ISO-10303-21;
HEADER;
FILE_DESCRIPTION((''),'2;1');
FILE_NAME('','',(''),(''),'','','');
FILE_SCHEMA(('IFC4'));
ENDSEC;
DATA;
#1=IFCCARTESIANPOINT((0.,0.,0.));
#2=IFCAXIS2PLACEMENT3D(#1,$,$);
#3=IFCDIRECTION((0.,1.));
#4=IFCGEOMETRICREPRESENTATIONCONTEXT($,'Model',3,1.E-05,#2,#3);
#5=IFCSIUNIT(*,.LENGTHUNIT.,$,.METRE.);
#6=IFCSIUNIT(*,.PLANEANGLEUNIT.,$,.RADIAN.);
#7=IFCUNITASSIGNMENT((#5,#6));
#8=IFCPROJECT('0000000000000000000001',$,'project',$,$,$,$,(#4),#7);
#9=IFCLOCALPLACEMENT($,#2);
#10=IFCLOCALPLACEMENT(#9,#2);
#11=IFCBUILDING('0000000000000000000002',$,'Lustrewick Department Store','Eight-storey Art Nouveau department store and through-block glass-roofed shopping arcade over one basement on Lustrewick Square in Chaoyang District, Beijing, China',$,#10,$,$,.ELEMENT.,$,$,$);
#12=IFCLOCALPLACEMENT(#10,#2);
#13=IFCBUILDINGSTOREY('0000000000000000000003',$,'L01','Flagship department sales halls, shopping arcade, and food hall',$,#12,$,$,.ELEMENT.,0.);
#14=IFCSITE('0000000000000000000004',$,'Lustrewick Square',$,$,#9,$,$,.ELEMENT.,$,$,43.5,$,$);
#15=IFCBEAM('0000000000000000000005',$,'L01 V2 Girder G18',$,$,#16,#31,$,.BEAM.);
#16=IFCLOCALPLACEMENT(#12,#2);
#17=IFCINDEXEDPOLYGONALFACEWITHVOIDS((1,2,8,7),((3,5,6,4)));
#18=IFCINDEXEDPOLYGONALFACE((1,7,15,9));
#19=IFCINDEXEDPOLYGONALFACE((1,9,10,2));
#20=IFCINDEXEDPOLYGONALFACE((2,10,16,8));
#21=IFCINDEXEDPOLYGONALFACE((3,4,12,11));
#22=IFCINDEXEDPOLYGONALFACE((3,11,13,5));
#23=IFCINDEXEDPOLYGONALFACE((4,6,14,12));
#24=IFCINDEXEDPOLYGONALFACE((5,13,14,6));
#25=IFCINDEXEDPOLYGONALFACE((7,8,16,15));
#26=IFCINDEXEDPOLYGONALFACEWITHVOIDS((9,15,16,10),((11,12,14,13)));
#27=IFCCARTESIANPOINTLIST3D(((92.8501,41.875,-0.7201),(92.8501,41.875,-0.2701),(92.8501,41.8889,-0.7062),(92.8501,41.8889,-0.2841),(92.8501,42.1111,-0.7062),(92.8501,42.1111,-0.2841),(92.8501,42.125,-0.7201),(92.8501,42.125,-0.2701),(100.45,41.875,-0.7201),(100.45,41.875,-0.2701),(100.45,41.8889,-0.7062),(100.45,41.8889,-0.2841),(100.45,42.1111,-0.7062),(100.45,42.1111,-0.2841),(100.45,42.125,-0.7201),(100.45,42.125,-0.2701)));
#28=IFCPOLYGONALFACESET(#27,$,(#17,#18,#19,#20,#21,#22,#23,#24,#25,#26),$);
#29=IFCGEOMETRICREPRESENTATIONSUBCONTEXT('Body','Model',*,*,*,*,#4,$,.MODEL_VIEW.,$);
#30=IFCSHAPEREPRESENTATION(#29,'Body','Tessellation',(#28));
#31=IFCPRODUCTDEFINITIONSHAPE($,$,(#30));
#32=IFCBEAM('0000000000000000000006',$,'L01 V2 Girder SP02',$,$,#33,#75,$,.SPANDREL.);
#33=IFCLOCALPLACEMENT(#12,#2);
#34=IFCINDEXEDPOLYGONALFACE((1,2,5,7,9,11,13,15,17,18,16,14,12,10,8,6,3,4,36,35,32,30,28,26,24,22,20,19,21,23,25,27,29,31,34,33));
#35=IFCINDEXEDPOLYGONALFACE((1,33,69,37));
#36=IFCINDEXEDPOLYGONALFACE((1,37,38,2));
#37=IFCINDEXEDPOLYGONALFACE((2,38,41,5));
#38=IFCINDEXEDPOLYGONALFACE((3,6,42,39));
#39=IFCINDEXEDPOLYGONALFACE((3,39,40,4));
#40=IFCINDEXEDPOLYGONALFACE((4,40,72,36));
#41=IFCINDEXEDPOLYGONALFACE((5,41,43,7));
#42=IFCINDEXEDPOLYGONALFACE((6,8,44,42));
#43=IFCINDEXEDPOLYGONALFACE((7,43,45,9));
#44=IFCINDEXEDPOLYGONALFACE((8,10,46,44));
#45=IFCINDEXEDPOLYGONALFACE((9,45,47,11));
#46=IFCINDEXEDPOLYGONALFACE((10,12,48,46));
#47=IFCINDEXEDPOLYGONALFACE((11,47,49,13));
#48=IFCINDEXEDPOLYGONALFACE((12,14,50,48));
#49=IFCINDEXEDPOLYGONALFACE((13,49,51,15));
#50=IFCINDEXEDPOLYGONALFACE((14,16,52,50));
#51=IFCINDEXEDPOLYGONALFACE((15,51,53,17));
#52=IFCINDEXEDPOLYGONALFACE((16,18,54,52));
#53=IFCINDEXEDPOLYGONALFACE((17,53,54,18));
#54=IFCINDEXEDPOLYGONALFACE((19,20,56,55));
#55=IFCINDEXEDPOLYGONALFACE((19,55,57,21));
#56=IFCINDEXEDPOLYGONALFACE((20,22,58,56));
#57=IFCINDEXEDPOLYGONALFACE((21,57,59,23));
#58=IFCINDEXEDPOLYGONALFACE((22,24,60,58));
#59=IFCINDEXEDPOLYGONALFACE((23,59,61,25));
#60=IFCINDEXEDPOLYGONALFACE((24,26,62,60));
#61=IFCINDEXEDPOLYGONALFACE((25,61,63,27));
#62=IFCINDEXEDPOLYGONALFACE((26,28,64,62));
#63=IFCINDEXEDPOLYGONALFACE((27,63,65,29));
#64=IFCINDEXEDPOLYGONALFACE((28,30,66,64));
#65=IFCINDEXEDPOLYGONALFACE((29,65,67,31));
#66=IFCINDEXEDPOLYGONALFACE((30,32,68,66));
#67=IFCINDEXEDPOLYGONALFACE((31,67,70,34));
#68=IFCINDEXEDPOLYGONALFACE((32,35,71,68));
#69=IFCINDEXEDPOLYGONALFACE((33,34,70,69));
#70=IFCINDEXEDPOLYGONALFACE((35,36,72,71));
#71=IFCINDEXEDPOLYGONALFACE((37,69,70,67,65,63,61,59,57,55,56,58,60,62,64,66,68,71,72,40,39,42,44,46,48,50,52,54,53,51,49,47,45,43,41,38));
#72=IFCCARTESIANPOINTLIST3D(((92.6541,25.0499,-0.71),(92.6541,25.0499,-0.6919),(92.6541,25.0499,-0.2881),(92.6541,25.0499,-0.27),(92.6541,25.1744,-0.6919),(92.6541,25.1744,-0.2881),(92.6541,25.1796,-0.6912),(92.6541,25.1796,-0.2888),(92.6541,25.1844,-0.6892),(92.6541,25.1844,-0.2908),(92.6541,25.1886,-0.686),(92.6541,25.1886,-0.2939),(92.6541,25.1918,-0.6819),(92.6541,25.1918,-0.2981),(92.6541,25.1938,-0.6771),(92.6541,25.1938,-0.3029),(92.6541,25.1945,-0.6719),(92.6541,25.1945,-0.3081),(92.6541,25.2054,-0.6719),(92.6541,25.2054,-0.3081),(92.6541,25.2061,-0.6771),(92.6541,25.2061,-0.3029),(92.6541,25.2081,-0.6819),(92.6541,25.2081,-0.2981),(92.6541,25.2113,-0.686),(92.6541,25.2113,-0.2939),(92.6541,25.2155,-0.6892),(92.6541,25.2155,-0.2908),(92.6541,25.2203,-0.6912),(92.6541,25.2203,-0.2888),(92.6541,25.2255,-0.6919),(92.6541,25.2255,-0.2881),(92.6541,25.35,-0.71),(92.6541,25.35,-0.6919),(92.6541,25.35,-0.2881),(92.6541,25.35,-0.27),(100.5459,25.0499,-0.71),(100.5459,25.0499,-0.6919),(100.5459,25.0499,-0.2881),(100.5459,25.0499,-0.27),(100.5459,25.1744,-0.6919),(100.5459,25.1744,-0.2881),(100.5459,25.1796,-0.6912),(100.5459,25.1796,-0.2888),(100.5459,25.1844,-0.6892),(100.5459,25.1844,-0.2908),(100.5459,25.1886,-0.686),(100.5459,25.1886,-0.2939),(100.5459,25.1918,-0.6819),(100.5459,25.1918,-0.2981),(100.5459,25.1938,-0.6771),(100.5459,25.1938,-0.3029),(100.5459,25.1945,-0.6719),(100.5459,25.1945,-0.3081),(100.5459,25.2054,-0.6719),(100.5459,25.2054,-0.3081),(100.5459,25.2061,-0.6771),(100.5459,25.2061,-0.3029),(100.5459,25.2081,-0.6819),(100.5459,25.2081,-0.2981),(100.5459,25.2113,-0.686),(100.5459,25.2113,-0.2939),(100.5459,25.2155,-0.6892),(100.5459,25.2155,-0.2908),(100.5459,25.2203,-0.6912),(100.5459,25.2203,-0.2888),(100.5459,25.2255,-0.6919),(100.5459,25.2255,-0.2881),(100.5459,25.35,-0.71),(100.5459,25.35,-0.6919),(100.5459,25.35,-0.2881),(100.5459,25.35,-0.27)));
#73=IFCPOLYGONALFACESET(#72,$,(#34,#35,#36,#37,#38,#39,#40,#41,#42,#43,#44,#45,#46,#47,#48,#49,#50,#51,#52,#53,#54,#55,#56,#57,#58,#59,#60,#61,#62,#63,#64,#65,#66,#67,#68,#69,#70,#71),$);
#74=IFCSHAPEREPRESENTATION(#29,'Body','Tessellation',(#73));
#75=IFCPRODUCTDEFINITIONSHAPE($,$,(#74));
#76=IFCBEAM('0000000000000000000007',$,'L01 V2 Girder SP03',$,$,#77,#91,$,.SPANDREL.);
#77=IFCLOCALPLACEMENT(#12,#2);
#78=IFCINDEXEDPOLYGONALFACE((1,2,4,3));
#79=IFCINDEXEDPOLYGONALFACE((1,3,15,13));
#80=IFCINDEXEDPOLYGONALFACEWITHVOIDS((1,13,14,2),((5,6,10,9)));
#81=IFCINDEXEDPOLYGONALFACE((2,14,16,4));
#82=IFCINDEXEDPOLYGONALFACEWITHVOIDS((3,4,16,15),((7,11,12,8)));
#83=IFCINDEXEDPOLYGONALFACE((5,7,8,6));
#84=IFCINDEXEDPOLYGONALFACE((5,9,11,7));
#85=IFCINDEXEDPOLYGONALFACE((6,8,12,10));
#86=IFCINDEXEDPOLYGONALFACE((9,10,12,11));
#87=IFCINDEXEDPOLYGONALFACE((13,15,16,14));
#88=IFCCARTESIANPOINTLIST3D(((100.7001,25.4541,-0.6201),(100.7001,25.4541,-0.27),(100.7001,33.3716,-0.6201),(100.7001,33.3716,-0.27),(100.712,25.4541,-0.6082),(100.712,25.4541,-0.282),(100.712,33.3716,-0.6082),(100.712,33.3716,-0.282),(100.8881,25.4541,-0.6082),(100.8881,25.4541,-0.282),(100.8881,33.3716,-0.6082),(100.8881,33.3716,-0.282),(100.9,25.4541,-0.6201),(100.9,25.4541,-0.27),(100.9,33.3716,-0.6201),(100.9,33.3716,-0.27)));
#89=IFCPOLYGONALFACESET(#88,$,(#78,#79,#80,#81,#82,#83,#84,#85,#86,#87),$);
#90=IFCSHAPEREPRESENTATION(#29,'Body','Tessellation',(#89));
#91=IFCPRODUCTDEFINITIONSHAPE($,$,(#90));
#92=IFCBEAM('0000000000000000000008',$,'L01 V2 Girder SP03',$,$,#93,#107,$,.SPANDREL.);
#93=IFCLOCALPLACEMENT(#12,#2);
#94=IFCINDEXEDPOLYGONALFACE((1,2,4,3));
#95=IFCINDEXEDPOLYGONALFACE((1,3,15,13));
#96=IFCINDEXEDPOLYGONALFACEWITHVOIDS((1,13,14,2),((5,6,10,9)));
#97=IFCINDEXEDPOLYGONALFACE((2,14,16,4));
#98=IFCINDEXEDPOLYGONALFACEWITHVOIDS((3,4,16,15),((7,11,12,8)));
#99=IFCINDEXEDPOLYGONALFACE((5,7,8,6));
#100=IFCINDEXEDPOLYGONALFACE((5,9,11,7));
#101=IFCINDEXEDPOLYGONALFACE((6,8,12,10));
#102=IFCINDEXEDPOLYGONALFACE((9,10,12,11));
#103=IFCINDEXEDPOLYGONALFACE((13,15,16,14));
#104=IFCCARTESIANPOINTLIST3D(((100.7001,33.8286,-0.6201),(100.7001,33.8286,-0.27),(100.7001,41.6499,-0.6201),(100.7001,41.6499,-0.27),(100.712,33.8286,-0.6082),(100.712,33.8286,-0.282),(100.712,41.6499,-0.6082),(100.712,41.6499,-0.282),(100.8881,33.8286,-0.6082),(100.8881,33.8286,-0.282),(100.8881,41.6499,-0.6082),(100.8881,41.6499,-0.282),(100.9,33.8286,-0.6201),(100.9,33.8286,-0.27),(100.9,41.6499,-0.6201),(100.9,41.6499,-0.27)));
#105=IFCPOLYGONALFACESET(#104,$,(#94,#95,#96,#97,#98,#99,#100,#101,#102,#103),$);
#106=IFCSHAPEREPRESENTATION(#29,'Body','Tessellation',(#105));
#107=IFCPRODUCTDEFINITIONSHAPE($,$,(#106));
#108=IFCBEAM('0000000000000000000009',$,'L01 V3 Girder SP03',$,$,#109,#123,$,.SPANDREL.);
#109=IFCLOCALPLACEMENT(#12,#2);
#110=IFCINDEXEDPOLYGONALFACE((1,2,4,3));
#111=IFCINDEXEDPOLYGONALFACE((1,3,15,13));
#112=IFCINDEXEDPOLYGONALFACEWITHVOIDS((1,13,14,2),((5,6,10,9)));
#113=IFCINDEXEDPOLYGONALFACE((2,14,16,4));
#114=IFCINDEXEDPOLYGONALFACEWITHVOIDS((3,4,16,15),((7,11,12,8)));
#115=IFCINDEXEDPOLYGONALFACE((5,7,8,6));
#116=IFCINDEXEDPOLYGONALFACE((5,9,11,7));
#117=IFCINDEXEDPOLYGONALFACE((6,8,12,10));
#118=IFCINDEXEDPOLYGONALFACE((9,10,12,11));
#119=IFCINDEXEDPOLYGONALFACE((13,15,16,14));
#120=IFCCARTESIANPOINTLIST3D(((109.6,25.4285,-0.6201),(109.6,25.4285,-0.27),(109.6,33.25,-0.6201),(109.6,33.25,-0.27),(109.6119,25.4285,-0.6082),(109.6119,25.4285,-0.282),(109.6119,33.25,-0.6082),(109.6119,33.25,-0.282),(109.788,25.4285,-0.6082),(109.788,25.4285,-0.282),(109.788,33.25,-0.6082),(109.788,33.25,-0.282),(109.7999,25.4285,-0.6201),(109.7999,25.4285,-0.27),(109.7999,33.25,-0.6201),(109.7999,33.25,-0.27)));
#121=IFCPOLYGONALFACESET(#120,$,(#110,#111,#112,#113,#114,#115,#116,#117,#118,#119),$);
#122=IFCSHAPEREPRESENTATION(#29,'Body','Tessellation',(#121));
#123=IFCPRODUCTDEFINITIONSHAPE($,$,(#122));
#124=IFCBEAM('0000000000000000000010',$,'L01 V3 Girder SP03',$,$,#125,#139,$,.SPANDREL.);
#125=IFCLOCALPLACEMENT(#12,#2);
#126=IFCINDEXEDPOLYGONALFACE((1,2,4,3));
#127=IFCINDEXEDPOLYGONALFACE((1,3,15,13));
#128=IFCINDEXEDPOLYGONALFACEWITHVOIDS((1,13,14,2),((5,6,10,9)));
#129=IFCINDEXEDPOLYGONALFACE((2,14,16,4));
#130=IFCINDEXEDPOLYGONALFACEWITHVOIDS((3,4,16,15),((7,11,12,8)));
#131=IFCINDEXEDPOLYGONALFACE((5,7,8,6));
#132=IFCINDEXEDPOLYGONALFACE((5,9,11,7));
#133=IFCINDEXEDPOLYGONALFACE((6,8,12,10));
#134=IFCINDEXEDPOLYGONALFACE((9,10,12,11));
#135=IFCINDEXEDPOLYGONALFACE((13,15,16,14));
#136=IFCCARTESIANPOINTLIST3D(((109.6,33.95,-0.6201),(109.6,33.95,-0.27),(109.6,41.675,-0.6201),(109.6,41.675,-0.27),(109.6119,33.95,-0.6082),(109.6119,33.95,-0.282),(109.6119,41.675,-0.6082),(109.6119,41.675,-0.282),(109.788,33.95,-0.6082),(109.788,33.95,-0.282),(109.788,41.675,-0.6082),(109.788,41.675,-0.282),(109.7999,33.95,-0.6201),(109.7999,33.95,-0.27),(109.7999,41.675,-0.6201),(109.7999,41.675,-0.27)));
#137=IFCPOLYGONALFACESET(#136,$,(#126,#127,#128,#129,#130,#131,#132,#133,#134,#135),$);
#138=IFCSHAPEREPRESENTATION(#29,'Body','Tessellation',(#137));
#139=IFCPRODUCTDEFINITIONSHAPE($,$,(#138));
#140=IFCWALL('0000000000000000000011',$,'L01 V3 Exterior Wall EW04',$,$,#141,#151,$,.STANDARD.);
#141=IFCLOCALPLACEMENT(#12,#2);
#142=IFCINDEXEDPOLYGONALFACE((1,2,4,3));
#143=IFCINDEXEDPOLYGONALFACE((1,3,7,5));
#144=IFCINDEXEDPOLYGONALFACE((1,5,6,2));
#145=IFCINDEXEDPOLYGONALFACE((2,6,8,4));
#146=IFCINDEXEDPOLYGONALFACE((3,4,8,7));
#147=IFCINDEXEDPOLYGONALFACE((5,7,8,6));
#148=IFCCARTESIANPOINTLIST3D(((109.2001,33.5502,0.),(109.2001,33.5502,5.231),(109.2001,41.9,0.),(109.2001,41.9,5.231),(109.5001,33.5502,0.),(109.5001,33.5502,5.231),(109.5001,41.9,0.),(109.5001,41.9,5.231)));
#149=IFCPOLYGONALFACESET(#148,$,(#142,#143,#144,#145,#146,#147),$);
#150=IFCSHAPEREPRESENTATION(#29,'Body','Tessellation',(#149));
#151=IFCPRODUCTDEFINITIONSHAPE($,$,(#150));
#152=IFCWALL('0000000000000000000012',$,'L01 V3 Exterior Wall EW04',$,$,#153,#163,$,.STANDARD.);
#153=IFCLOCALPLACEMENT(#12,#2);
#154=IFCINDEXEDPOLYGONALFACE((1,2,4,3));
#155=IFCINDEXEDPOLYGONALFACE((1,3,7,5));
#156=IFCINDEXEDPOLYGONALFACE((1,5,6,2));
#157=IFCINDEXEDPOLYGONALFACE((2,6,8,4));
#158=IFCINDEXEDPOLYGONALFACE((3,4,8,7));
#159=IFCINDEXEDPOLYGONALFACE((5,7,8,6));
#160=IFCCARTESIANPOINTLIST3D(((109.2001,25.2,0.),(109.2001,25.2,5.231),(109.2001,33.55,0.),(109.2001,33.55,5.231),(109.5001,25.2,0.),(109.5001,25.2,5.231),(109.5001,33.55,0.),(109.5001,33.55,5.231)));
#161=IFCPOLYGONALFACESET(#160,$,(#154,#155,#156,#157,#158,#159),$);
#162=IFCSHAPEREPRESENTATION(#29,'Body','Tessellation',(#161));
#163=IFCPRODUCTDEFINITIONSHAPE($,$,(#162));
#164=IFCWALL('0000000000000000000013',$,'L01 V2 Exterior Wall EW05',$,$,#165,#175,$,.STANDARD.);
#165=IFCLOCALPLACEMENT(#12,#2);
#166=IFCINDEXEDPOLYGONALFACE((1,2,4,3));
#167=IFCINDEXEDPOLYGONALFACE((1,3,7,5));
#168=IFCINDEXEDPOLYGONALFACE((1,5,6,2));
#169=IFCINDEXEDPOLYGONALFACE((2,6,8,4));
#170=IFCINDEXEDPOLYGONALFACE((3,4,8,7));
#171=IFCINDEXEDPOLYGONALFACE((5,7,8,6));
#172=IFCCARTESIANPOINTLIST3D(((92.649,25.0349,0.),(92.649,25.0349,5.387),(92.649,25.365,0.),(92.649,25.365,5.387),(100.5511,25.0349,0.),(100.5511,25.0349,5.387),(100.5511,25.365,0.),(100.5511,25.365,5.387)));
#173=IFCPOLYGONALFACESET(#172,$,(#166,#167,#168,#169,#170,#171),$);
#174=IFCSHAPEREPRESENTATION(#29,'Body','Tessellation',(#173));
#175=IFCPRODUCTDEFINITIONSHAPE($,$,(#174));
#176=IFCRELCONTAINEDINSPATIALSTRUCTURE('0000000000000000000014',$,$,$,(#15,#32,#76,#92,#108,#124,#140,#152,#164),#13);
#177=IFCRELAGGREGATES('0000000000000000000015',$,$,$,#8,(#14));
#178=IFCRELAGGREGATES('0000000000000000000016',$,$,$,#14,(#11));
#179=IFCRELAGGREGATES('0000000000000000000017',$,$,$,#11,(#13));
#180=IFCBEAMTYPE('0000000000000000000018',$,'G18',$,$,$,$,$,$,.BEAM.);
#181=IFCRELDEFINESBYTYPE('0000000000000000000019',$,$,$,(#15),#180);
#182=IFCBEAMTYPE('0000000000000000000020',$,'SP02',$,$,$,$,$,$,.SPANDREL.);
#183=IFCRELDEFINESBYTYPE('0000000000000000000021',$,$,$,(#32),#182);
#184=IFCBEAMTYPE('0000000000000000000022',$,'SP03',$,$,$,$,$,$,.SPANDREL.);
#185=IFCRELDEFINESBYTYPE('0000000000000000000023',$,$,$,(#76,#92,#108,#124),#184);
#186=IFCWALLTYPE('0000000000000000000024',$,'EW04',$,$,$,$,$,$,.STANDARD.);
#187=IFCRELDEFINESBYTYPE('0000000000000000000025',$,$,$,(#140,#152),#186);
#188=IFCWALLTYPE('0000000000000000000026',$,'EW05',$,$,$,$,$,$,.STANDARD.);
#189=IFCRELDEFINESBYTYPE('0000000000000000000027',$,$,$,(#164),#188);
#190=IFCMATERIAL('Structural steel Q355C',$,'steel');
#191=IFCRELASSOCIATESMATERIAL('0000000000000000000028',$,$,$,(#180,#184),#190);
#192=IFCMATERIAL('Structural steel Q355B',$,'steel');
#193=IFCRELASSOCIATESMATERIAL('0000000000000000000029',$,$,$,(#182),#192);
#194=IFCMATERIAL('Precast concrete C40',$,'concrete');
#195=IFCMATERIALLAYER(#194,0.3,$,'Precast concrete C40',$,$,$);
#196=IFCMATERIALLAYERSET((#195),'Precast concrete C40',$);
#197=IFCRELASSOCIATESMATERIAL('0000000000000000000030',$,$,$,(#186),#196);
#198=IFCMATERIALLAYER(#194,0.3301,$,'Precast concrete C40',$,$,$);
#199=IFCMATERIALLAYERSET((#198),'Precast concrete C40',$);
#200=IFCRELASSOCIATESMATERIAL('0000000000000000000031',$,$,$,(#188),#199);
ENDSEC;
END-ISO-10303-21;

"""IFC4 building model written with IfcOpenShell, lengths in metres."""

from ifc_helpers import new_model, si_unit, direction, frame, frame_2d, origin, origin_2d, place, context, subcontext, project, spatial, rectangle, hollow_rectangle, i_section, extrude, material, layer, layer_set, material_profile, profile_set, type_object, element, save


model = new_model("IFC4")

# Units and contexts
model_context = context("Model", 3, precision=1e-05, world=origin(), true_north=direction((0.0, 1.0)))
body_context = subcontext(model_context, "Body", "Model", "MODEL_VIEW")
ifc_project = project(units=[si_unit("LENGTHUNIT", "METRE"), si_unit("PLANEANGLEUNIT", "RADIAN")], contexts=[model_context])

# Site, building, storey
site_placement = place(None, origin())
site = spatial("IfcSite", under=ifc_project, at=site_placement, Name="Lustrewick Square", CompositionType="ELEMENT", RefElevation=43.5)
building_placement = place(site_placement, origin())
building = spatial("IfcBuilding", under=site, at=building_placement, Name="Lustrewick Department Store", Description="Eight-storey Art Nouveau department store and through-block glass-roofed shopping arcade over one basement on Lustrewick Square in Chaoyang District, Beijing, China", CompositionType="ELEMENT")
storey_placement = place(building_placement, origin())
storey = spatial("IfcBuildingStorey", under=building, at=storey_placement, Name="L01", Description="Flagship department sales halls, shopping arcade, and food hall", CompositionType="ELEMENT", Elevation=0.0)

# Shared definitions
ifc_material_1 = material(Name="Structural steel Q355C", Category="steel")

# Beams
ifc_material_2 = material(Name="Structural steel Q355B", Category="steel")
ifc_material_profile_1 = material_profile(ifc_material_1, hollow_rectangle(XDim=0.25, YDim=0.45, WallThickness=0.0139, at=origin_2d()), Name="RHS 450x250x14")
ifc_profile_set_1 = profile_set([ifc_material_profile_1], Name="Structural steel Q355C")
beam_type_1 = type_object("IfcBeamType", Name="G18", PredefinedType="BEAM", material=ifc_profile_set_1)
beam_1_placement = place(storey_placement, frame((92.8501, 42.0, -0.4951), z_axis=(1.0, 0.0, 0.0), x_axis=(0.0, 1.0, 0.0)))
element("IfcBeam", 1, at=beam_1_placement, inside=storey, type_object=beam_type_1, Name="L01 V2 Girder G18", PredefinedType="BEAM", context=body_context, shape_type="SweptSolid", body=[
    extrude(hollow_rectangle(XDim=0.25, YDim=0.45, WallThickness=0.0139, at=origin_2d()), origin(), (0.0, 0.0, 1.0), 7.5999),
])
ifc_material_profile_2 = material_profile(ifc_material_2, i_section(OverallWidth=0.3, OverallDepth=0.4399, WebThickness=0.011, FlangeThickness=0.0181, FilletRadius=0.02, at=origin_2d()), Name="HM 440x300x11x18")
ifc_profile_set_2 = profile_set([ifc_material_profile_2], Name="Structural steel Q355B")
beam_type_2 = type_object("IfcBeamType", Name="SP02", PredefinedType="SPANDREL", material=ifc_profile_set_2)
beam_2_placement = place(storey_placement, frame((92.6541, 25.2, -0.49), z_axis=(1.0, 0.0, 0.0), x_axis=(0.0, 1.0, 0.0)))
element("IfcBeam", 2, at=beam_2_placement, inside=storey, type_object=beam_type_2, Name="L01 V2 Girder SP02", PredefinedType="SPANDREL", context=body_context, shape_type="SweptSolid", body=[
    extrude(i_section(OverallWidth=0.3, OverallDepth=0.4399, WebThickness=0.011, FlangeThickness=0.0181, FilletRadius=0.02, at=origin_2d()), origin(), (0.0, 0.0, 1.0), 7.8918),
])
ifc_material_profile_3 = material_profile(ifc_material_1, hollow_rectangle(XDim=0.2, YDim=0.3501, WallThickness=0.012, at=origin_2d()), Name="RHS 350x200x12")
ifc_profile_set_3 = profile_set([ifc_material_profile_3], Name="Structural steel Q355C")
beam_type_3 = type_object("IfcBeamType", Name="SP03", PredefinedType="SPANDREL", material=ifc_profile_set_3)
beam_3_placement = place(storey_placement, frame((100.8, 25.4541, -0.4451), z_axis=(0.0, 1.0, 0.0), x_axis=(-1.0, 0.0, 0.0)))
element("IfcBeam", 3, at=beam_3_placement, inside=storey, type_object=beam_type_3, Name="L01 V2 Girder SP03", PredefinedType="SPANDREL", context=body_context, shape_type="SweptSolid", body=[
    extrude(hollow_rectangle(XDim=0.2, YDim=0.3501, WallThickness=0.012, at=origin_2d()), origin(), (0.0, 0.0, 1.0), 7.9175),
])
beam_4_placement = place(storey_placement, frame((100.8, 33.8286, -0.4451), z_axis=(0.0, 1.0, 0.0), x_axis=(-1.0, 0.0, 0.0)))
element("IfcBeam", 4, at=beam_4_placement, inside=storey, type_object=beam_type_3, Name="L01 V2 Girder SP03", PredefinedType="SPANDREL", context=body_context, shape_type="SweptSolid", body=[
    extrude(hollow_rectangle(XDim=0.2, YDim=0.3501, WallThickness=0.012, at=origin_2d()), origin(), (0.0, 0.0, 1.0), 7.8213),
])
beam_5_placement = place(storey_placement, frame((109.7, 25.4285, -0.4451), z_axis=(0.0, 1.0, 0.0), x_axis=(-1.0, 0.0, 0.0)))
element("IfcBeam", 5, at=beam_5_placement, inside=storey, type_object=beam_type_3, Name="L01 V3 Girder SP03", PredefinedType="SPANDREL", context=body_context, shape_type="SweptSolid", body=[
    extrude(hollow_rectangle(XDim=0.2, YDim=0.3501, WallThickness=0.012, at=origin_2d()), origin(), (0.0, 0.0, 1.0), 7.8215),
])
beam_6_placement = place(storey_placement, frame((109.7, 33.95, -0.4451), z_axis=(0.0, 1.0, 0.0), x_axis=(-1.0, 0.0, 0.0)))
element("IfcBeam", 6, at=beam_6_placement, inside=storey, type_object=beam_type_3, Name="L01 V3 Girder SP03", PredefinedType="SPANDREL", context=body_context, shape_type="SweptSolid", body=[
    extrude(hollow_rectangle(XDim=0.2, YDim=0.3501, WallThickness=0.012, at=origin_2d()), origin(), (0.0, 0.0, 1.0), 7.7251),
])

# Shared definitions
ifc_material_3 = material(Name="Precast concrete C40", Category="concrete")

# Walls
ifc_layer_1 = layer(ifc_material_3, 0.3, Name="Precast concrete C40")
ifc_layer_set_1 = layer_set([ifc_layer_1], Name="Precast concrete C40")
wall_type_1 = type_object("IfcWallType", Name="EW04", PredefinedType="STANDARD", material=ifc_layer_set_1)
wall_1_placement = place(storey_placement, frame((109.3501, 41.8999, 0.0), z_axis=(0.0, 0.0, 1.0), x_axis=(0.0, -1.0, 0.0)))
element("IfcWall", 7, at=wall_1_placement, inside=storey, type_object=wall_type_1, Name="L01 V3 Exterior Wall EW04", PredefinedType="STANDARD", context=body_context, shape_type="SweptSolid", body=[
    extrude(rectangle(XDim=8.3499, YDim=0.3, at=frame_2d((4.1748, 0.0))), origin(), (0.0, 0.0, 1.0), 5.231),
])
wall_2_placement = place(storey_placement, frame((109.3501, 33.55, 0.0), z_axis=(0.0, 0.0, 1.0), x_axis=(0.0, -1.0, 0.0)))
element("IfcWall", 8, at=wall_2_placement, inside=storey, type_object=wall_type_1, Name="L01 V3 Exterior Wall EW04", PredefinedType="STANDARD", context=body_context, shape_type="SweptSolid", body=[
    extrude(rectangle(XDim=8.3501, YDim=0.3, at=frame_2d((4.175, 0.0))), origin(), (0.0, 0.0, 1.0), 5.231),
])
ifc_layer_2 = layer(ifc_material_3, 0.3301, Name="Precast concrete C40")
ifc_layer_set_2 = layer_set([ifc_layer_2], Name="Precast concrete C40")
wall_type_2 = type_object("IfcWallType", Name="EW05", PredefinedType="STANDARD", material=ifc_layer_set_2)
wall_3_placement = place(storey_placement, frame((92.6489, 25.2, 0.0), z_axis=(0.0, 0.0, 1.0), x_axis=(1.0, 0.0, 0.0)))
element("IfcWall", 9, at=wall_3_placement, inside=storey, type_object=wall_type_2, Name="L01 V2 Exterior Wall EW05", PredefinedType="STANDARD", context=body_context, shape_type="SweptSolid", body=[
    extrude(rectangle(XDim=7.9021, YDim=0.3301, at=frame_2d((3.9512, 0.0))), origin(), (0.0, 0.0, 1.0), 5.387),
])

save(model, "model.ifc")
